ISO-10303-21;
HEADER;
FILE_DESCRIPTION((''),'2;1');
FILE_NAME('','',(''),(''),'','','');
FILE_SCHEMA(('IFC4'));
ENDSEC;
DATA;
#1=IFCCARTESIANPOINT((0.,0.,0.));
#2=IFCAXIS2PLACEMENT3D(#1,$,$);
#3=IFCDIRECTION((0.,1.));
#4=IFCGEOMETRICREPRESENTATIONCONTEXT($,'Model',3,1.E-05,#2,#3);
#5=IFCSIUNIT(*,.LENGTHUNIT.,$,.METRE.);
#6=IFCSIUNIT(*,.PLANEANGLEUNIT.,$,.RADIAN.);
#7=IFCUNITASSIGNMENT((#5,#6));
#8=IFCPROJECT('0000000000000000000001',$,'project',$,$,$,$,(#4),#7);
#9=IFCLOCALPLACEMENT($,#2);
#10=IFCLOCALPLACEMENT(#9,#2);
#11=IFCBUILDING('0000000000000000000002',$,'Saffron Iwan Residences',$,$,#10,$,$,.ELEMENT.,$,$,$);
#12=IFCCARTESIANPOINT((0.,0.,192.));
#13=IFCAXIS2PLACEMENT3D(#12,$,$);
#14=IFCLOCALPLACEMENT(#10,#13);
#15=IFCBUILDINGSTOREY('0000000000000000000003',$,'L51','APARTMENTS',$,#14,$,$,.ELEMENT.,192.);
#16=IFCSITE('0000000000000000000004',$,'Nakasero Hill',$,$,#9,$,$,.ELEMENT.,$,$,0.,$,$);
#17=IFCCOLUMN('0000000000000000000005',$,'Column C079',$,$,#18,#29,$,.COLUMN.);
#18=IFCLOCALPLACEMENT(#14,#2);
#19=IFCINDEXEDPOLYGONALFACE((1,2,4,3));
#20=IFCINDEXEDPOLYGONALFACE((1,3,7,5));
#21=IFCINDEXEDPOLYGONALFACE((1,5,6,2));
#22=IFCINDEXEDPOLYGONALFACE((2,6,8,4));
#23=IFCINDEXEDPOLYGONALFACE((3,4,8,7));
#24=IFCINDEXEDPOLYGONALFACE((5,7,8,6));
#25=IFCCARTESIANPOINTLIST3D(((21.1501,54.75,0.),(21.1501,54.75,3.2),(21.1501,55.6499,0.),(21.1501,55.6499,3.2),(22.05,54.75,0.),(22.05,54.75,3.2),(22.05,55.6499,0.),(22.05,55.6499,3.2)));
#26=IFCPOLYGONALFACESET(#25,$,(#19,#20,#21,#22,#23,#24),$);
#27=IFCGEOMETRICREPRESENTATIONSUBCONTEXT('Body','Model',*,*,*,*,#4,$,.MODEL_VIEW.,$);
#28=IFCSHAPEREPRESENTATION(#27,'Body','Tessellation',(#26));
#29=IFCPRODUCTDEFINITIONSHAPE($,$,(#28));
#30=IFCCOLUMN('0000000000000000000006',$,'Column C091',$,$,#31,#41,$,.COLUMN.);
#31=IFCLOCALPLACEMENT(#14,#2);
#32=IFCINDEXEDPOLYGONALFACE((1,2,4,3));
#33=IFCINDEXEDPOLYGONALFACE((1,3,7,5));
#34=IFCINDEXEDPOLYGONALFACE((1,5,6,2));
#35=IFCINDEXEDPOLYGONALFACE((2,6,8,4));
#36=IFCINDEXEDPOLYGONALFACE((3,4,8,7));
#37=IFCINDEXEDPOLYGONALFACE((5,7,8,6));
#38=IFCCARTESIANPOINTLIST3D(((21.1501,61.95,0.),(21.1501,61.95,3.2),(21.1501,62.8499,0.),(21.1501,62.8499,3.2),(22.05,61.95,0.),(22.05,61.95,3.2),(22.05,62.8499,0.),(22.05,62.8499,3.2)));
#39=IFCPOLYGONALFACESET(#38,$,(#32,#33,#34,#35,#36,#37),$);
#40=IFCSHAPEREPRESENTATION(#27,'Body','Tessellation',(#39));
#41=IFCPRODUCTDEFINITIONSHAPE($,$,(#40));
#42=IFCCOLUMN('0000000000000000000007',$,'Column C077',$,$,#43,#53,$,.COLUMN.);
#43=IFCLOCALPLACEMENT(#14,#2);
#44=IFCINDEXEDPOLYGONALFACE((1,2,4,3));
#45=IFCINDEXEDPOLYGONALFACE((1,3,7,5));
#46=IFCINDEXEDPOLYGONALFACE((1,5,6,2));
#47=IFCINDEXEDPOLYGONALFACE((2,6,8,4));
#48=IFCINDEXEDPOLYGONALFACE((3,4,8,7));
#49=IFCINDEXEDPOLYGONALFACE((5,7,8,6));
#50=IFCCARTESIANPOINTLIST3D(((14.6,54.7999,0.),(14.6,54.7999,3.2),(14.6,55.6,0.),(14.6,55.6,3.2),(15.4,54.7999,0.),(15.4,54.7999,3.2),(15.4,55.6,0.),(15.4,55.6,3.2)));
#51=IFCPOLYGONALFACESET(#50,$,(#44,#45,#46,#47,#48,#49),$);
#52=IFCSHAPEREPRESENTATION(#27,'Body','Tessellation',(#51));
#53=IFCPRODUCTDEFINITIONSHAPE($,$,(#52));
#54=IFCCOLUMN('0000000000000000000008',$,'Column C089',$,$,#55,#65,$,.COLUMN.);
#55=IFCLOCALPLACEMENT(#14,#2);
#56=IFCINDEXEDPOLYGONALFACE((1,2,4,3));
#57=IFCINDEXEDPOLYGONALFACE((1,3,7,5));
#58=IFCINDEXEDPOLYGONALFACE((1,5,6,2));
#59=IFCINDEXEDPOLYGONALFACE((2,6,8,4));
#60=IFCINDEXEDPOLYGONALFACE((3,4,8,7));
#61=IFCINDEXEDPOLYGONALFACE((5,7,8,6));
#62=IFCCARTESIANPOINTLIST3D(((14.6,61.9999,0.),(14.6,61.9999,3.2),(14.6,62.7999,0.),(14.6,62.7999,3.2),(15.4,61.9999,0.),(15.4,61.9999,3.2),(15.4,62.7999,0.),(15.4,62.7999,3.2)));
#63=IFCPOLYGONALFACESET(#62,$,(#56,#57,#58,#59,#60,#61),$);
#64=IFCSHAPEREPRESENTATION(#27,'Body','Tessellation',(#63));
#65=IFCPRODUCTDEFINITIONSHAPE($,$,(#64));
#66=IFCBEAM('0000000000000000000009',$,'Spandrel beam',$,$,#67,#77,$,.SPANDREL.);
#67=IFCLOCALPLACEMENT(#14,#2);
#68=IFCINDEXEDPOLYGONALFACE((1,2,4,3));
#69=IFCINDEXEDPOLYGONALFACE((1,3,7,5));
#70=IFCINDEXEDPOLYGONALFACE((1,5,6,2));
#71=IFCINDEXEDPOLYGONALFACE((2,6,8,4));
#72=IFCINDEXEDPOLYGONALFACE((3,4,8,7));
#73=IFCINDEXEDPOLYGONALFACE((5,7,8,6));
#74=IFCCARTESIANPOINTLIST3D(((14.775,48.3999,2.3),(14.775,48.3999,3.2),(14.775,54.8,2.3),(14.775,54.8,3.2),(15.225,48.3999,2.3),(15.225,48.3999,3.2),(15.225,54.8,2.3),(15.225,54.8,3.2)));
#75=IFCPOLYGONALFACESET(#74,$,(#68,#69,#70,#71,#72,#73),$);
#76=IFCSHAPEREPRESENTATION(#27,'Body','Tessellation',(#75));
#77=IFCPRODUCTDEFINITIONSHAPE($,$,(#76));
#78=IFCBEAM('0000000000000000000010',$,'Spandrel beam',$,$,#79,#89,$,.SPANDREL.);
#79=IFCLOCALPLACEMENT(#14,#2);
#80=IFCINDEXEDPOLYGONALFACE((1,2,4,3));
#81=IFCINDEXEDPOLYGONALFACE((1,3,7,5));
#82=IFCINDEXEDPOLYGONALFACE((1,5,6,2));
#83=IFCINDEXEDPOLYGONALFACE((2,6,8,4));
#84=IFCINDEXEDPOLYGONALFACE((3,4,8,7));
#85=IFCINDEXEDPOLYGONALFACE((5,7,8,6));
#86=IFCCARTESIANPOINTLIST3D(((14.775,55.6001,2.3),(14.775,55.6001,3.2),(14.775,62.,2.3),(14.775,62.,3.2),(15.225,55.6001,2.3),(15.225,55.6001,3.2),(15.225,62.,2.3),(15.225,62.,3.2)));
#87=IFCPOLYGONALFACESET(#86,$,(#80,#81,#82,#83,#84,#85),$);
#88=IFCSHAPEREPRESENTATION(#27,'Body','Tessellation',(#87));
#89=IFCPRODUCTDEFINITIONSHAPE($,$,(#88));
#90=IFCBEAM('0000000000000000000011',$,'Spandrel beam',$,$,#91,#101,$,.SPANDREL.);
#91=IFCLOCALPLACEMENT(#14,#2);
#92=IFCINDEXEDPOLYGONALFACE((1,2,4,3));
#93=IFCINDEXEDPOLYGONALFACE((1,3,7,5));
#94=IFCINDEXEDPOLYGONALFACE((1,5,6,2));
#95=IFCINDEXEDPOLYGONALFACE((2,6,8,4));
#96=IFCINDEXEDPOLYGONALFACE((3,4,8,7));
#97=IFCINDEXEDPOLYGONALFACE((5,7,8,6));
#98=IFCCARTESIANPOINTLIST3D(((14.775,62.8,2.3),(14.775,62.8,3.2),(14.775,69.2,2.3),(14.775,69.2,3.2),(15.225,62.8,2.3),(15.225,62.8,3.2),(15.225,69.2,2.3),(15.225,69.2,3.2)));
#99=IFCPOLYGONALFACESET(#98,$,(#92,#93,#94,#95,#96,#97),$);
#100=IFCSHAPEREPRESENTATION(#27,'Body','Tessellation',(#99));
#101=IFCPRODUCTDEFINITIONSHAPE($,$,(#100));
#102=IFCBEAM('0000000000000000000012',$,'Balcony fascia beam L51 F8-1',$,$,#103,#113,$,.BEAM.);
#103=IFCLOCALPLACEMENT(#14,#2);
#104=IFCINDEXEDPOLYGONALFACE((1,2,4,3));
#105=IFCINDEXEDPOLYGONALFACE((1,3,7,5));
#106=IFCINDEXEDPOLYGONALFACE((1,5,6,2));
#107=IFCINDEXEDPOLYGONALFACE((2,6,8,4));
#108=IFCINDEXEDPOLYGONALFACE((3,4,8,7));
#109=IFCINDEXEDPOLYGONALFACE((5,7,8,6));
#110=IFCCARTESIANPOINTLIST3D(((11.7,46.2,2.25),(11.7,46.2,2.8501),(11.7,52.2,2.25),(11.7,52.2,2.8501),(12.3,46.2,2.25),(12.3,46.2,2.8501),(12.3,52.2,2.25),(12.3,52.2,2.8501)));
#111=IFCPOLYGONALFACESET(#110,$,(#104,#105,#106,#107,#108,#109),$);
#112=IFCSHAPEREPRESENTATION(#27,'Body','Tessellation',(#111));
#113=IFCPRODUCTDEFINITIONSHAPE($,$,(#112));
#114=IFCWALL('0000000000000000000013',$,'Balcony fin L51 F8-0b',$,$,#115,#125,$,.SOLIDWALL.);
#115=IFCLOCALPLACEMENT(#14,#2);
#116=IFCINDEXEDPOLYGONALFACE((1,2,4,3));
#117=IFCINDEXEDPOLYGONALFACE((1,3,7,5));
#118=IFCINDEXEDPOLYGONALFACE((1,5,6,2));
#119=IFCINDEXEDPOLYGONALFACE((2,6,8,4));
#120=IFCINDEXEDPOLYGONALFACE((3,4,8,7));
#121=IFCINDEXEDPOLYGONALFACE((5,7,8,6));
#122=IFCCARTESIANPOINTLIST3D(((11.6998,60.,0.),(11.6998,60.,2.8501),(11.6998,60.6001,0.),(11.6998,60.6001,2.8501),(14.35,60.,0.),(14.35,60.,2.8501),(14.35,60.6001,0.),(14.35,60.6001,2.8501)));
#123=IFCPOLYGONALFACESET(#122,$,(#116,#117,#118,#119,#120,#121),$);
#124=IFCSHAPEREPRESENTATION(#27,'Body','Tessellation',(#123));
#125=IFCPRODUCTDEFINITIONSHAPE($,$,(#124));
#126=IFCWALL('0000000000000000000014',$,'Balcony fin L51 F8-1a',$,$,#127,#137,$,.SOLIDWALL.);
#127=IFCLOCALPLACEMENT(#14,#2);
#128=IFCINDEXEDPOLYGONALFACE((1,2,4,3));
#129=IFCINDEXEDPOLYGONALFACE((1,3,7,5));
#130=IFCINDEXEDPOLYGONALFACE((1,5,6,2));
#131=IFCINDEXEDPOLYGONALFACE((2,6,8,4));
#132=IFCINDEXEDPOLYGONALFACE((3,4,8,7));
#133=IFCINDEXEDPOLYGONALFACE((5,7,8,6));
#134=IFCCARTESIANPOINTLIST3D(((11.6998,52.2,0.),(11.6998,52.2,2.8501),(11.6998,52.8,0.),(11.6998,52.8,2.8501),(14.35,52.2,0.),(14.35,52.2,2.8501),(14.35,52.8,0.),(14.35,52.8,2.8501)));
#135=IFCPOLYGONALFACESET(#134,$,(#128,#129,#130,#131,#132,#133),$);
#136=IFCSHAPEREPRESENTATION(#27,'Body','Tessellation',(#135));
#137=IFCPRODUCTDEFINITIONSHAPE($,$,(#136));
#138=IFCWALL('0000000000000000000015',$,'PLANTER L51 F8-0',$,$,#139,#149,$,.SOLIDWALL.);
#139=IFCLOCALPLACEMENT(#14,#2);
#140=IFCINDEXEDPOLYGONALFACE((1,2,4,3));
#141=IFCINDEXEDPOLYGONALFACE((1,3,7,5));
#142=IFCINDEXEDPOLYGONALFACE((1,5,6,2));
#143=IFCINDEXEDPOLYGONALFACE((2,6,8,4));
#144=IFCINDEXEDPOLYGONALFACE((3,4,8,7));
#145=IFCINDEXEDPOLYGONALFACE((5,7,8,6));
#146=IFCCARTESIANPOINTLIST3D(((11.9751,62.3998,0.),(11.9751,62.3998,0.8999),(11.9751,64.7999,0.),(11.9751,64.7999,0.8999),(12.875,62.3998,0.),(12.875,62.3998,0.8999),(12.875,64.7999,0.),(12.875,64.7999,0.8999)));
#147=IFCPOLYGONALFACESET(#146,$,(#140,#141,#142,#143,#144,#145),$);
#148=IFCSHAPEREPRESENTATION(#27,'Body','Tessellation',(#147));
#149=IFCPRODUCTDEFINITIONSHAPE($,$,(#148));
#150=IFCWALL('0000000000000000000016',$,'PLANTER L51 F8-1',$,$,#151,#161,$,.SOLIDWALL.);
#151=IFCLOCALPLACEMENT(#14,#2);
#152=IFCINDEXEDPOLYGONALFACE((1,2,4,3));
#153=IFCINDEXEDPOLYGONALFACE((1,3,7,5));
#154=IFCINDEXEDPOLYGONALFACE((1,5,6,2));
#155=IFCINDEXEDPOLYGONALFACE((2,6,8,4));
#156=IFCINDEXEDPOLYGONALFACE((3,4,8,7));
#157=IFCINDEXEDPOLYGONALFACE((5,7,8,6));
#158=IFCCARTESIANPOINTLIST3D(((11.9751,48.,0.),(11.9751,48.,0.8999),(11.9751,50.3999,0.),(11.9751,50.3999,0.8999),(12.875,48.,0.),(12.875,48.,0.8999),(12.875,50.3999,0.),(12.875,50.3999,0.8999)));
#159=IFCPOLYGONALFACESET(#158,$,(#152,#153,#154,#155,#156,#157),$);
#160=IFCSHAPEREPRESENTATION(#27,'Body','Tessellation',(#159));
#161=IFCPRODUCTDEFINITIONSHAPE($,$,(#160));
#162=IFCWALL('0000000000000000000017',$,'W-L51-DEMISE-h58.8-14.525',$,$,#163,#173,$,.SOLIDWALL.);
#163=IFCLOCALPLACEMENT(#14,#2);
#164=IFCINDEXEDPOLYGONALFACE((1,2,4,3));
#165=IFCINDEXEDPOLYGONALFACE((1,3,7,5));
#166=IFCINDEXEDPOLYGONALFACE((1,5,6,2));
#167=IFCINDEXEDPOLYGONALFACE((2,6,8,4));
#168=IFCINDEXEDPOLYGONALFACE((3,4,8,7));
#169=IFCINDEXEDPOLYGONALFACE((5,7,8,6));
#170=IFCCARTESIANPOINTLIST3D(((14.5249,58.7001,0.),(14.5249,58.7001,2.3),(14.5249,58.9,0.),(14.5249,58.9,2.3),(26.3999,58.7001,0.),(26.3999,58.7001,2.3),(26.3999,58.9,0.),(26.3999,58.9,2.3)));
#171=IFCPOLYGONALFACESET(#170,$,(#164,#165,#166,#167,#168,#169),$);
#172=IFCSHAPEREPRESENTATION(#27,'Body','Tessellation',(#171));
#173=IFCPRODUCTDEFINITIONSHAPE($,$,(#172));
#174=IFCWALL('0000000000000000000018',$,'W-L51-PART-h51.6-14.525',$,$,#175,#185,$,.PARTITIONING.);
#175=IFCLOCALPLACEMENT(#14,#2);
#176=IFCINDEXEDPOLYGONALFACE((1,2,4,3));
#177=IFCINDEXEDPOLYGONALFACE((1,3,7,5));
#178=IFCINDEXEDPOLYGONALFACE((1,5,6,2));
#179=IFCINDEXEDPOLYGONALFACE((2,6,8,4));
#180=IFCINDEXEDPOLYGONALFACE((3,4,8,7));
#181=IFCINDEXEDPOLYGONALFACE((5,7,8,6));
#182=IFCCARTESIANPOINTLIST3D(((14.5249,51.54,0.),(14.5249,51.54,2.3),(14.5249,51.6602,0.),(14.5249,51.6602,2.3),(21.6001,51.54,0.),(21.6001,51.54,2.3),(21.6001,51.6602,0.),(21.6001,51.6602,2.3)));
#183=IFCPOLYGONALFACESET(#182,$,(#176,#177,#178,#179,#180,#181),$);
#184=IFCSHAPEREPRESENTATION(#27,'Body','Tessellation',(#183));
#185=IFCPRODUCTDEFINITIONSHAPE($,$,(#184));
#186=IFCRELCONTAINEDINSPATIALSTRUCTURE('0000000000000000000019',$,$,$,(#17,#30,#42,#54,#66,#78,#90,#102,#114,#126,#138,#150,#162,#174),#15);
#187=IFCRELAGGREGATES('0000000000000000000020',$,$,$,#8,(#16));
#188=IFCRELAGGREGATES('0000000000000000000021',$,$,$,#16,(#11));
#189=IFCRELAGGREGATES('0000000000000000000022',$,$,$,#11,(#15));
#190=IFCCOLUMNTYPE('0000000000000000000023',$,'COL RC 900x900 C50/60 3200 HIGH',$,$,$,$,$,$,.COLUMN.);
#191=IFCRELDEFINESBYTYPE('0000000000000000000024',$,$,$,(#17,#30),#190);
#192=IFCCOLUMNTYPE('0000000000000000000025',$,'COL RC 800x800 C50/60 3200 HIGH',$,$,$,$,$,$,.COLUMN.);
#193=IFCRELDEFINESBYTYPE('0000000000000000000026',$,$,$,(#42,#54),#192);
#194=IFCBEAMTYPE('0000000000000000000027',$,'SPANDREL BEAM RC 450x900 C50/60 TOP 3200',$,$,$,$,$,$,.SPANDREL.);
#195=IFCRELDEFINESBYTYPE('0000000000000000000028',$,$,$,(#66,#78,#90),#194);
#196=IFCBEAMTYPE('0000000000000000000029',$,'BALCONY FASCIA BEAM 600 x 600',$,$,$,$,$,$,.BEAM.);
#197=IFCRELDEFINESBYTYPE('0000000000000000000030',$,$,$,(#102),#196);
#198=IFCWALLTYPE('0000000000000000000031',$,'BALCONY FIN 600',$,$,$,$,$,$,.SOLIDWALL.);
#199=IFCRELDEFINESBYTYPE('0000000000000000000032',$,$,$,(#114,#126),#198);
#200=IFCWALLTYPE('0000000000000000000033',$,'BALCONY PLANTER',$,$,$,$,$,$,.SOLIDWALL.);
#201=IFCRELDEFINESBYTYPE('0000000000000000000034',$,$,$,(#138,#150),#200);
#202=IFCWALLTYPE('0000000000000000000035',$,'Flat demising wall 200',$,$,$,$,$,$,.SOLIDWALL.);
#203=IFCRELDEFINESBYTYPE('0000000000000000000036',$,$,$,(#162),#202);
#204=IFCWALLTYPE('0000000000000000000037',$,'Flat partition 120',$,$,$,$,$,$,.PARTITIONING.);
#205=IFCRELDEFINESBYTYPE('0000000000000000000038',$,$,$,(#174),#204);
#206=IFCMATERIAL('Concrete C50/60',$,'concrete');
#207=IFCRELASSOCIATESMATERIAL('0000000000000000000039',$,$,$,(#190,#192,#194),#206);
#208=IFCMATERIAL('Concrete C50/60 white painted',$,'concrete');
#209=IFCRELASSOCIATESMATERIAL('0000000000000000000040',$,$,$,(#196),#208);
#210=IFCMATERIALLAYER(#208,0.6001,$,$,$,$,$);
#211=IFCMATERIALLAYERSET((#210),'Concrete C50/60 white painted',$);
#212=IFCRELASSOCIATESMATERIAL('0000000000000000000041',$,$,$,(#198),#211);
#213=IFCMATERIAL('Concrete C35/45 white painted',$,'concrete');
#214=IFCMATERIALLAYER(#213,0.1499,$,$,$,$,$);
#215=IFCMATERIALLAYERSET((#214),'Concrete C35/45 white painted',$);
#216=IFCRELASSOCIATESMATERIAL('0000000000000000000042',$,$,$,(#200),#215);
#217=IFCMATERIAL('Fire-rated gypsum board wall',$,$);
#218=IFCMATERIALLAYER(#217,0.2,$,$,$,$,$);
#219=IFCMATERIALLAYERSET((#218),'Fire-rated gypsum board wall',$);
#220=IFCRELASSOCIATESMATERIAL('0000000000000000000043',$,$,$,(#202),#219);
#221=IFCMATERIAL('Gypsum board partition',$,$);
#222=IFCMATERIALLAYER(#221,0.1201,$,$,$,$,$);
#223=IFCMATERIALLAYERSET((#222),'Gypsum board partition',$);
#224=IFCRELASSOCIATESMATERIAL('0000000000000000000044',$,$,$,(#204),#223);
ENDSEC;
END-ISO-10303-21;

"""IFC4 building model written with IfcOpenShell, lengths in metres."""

from ifc_helpers import new_model, si_unit, direction, frame, frame_2d, origin, origin_2d, place, context, subcontext, project, spatial, rectangle, extrude, source, transform, mapped, material, layer, layer_set, material_profile, profile_set, type_object, element, save


model = new_model("IFC4")

# Units and contexts
model_context = context("Model", 3, precision=1e-05, world=origin(), true_north=direction((0.0, 1.0)))
body_context = subcontext(model_context, "Body", "Model", "MODEL_VIEW")
ifc_project = project(units=[si_unit("LENGTHUNIT", "METRE"), si_unit("PLANEANGLEUNIT", "RADIAN")], contexts=[model_context])

# Site, building, storey
site_placement = place(None, origin())
site = spatial("IfcSite", under=ifc_project, at=site_placement, Name="Nakasero Hill", CompositionType="ELEMENT", RefElevation=0.0)
building_placement = place(site_placement, origin())
building = spatial("IfcBuilding", under=site, at=building_placement, Name="Saffron Iwan Residences", CompositionType="ELEMENT")
storey_placement = place(building_placement, frame((0.0, 0.0, 192.0)))
storey = spatial("IfcBuildingStorey", under=building, at=storey_placement, Name="L51", Description="APARTMENTS", CompositionType="ELEMENT", Elevation=192.0)

# Columns
ifc_material_1 = material(Name="Concrete C50/60", Category="concrete")
ifc_material_profile_1 = material_profile(ifc_material_1, rectangle(XDim=0.8999, YDim=0.8999, at=origin_2d()), Name="RC 900x900")
ifc_profile_set_1 = profile_set([ifc_material_profile_1], Name="Concrete C50/60")
column_type_1 = type_object("IfcColumnType", Name="COL RC 900x900 C50/60 3200 HIGH", PredefinedType="COLUMN", material=ifc_profile_set_1)
shared_shape_1 = source(origin(), body_context, "Body", "SweptSolid", [
    extrude(rectangle(XDim=0.8999, YDim=0.8999, at=origin_2d()), origin(), (0.0, 0.0, 1.0), 3.2),
])
for number, where, z_axis, x_axis, name in (
    (1, (21.6001, 55.2, 0.0), (0.0, 0.0, 1.0), (1.0, 0.0, 0.0), "Column C079"),
    (2, (21.6001, 62.3999, 0.0), (0.0, 0.0, 1.0), (1.0, 0.0, 0.0), "Column C091"),
):
    element("IfcColumn", number, at=place(storey_placement, frame(where, z_axis=z_axis, x_axis=x_axis)), inside=storey, type_object=column_type_1, Name=name, PredefinedType="COLUMN", context=body_context, shape_type="MappedRepresentation", body=[
        mapped(shared_shape_1, transform((0.0, 0.0, 0.0))),
    ])
ifc_material_profile_2 = material_profile(ifc_material_1, rectangle(XDim=0.8, YDim=0.8, at=origin_2d()), Name="RC 800x800")
ifc_profile_set_2 = profile_set([ifc_material_profile_2], Name="Concrete C50/60")
column_type_2 = type_object("IfcColumnType", Name="COL RC 800x800 C50/60 3200 HIGH", PredefinedType="COLUMN", material=ifc_profile_set_2)
shared_shape_2 = source(origin(), body_context, "Body", "SweptSolid", [
    extrude(rectangle(XDim=0.8, YDim=0.8, at=origin_2d()), origin(), (0.0, 0.0, 1.0), 3.2),
])
for number, where, z_axis, x_axis, name in (
    (3, (15.0, 55.2, 0.0), (0.0, 0.0, 1.0), (1.0, 0.0, 0.0), "Column C077"),
    (4, (15.0, 62.3999, 0.0), (0.0, 0.0, 1.0), (1.0, 0.0, 0.0), "Column C089"),
):
    element("IfcColumn", number, at=place(storey_placement, frame(where, z_axis=z_axis, x_axis=x_axis)), inside=storey, type_object=column_type_2, Name=name, PredefinedType="COLUMN", context=body_context, shape_type="MappedRepresentation", body=[
        mapped(shared_shape_2, transform((0.0, 0.0, 0.0))),
    ])

# Beams
ifc_material_profile_3 = material_profile(ifc_material_1, rectangle(XDim=0.45, YDim=0.8999, at=origin_2d()), Name="RC 450x900")
ifc_profile_set_3 = profile_set([ifc_material_profile_3], Name="Concrete C50/60")
beam_type_1 = type_object("IfcBeamType", Name="SPANDREL BEAM RC 450x900 C50/60 TOP 3200", PredefinedType="SPANDREL", material=ifc_profile_set_3)
shared_shape_3 = source(origin(), body_context, "Body", "SweptSolid", [
    extrude(rectangle(XDim=0.45, YDim=0.8999, at=origin_2d()), origin(), (0.0, 0.0, 1.0), 6.4001),
])
beam_1_placement = place(storey_placement, frame((15.0, 48.3999, 2.75), z_axis=(0.0, 1.0, 0.0), x_axis=(-1.0, 0.0, 0.0)))
element("IfcBeam", 5, at=beam_1_placement, inside=storey, type_object=beam_type_1, Name="Spandrel beam", PredefinedType="SPANDREL", context=body_context, shape_type="MappedRepresentation", body=[
    mapped(shared_shape_3, transform((0.0, 0.0, 0.0))),
])
shared_shape_4 = source(origin(), body_context, "Body", "SweptSolid", [
    extrude(rectangle(XDim=0.45, YDim=0.8999, at=origin_2d()), origin(), (0.0, 0.0, 1.0), 6.3999),
])
for number, where, z_axis, x_axis, name in (
    (6, (15.0, 55.6001, 2.75), (0.0, 1.0, 0.0), (-1.0, 0.0, 0.0), "Spandrel beam"),
    (7, (15.0, 62.8, 2.75), (0.0, 1.0, 0.0), (-1.0, 0.0, 0.0), "Spandrel beam"),
):
    element("IfcBeam", number, at=place(storey_placement, frame(where, z_axis=z_axis, x_axis=x_axis)), inside=storey, type_object=beam_type_1, Name=name, PredefinedType="SPANDREL", context=body_context, shape_type="MappedRepresentation", body=[
        mapped(shared_shape_4, transform((0.0, 0.0, 0.0))),
    ])
ifc_material_2 = material(Name="Concrete C50/60 white painted", Category="concrete")
ifc_material_profile_4 = material_profile(ifc_material_2, rectangle(XDim=0.6001, YDim=0.6001, at=origin_2d()), Name="BALCONY FASCIA BEAM 600 x 600")
ifc_profile_set_4 = profile_set([ifc_material_profile_4], Name="Concrete C50/60 white painted")
beam_type_2 = type_object("IfcBeamType", Name="BALCONY FASCIA BEAM 600 x 600", PredefinedType="BEAM", material=ifc_profile_set_4)
shared_shape_5 = source(origin(), body_context, "Body", "SweptSolid", [
    extrude(rectangle(XDim=0.6001, YDim=0.6001, at=origin_2d()), origin(), (0.0, 0.0, 1.0), 6.0),
])
beam_2_placement = place(storey_placement, frame((12.0, 52.2, 2.55), z_axis=(0.0, -1.0, 0.0), x_axis=(1.0, 0.0, 0.0)))
element("IfcBeam", 8, at=beam_2_placement, inside=storey, type_object=beam_type_2, Name="Balcony fascia beam L51 F8-1", PredefinedType="BEAM", context=body_context, shape_type="MappedRepresentation", body=[
    mapped(shared_shape_5, transform((0.0, 0.0, 0.0))),
])

# Walls
ifc_layer_1 = layer(ifc_material_2, 0.6001)
ifc_layer_set_1 = layer_set([ifc_layer_1], Name="Concrete C50/60 white painted")
wall_type_1 = type_object("IfcWallType", Name="BALCONY FIN 600", PredefinedType="SOLIDWALL", material=ifc_layer_set_1)
for number, where, z_axis, x_axis, name in (
    (9, (14.3501, 60.3, 0.0), (0.0, 0.0, 1.0), (-1.0, 0.0, 0.0), "Balcony fin L51 F8-0b"),
    (10, (14.3501, 52.5, 0.0), (0.0, 0.0, 1.0), (-1.0, 0.0, 0.0), "Balcony fin L51 F8-1a"),
):
    element("IfcWall", number, at=place(storey_placement, frame(where, z_axis=z_axis, x_axis=x_axis)), inside=storey, type_object=wall_type_1, Name=name, PredefinedType="SOLIDWALL", context=body_context, shape_type="SweptSolid", body=[
        extrude(rectangle(XDim=2.6501, YDim=0.6001, at=frame_2d((1.3252, 0.0))), origin(), (0.0, 0.0, 1.0), 2.8501),
    ])
ifc_material_3 = material(Name="Concrete C35/45 white painted", Category="concrete")
ifc_layer_2 = layer(ifc_material_3, 0.1499)
ifc_layer_set_2 = layer_set([ifc_layer_2], Name="Concrete C35/45 white painted")
wall_type_2 = type_object("IfcWallType", Name="BALCONY PLANTER", PredefinedType="SOLIDWALL", material=ifc_layer_set_2)
wall_1_placement = place(storey_placement, frame((12.425, 64.8, 0.0), z_axis=(0.0, 0.0, 1.0), x_axis=(0.0, -1.0, 0.0)))
element("IfcWall", 11, at=wall_1_placement, inside=storey, type_object=wall_type_2, Name="PLANTER L51 F8-0", PredefinedType="SOLIDWALL", context=body_context, shape_type="SweptSolid", body=[
    extrude(rectangle(XDim=2.4001, YDim=0.8999, at=frame_2d((1.2002, 0.0))), origin(), (0.0, 0.0, 1.0), 0.8999),
])
wall_2_placement = place(storey_placement, frame((12.425, 50.3999, 0.0), z_axis=(0.0, 0.0, 1.0), x_axis=(0.0, -1.0, 0.0)))
element("IfcWall", 12, at=wall_2_placement, inside=storey, type_object=wall_type_2, Name="PLANTER L51 F8-1", PredefinedType="SOLIDWALL", context=body_context, shape_type="SweptSolid", body=[
    extrude(rectangle(XDim=2.3999, YDim=0.8999, at=frame_2d((1.2, 0.0))), origin(), (0.0, 0.0, 1.0), 0.8999),
])
ifc_material_4 = material(Name="Fire-rated gypsum board wall")
ifc_layer_3 = layer(ifc_material_4, 0.2)
ifc_layer_set_3 = layer_set([ifc_layer_3], Name="Fire-rated gypsum board wall")
wall_type_3 = type_object("IfcWallType", Name="Flat demising wall 200", PredefinedType="SOLIDWALL", material=ifc_layer_set_3)
wall_3_placement = place(storey_placement, frame((14.5249, 58.8, 0.0), z_axis=(0.0, 0.0, 1.0), x_axis=(1.0, 0.0, 0.0)))
element("IfcWall", 13, at=wall_3_placement, inside=storey, type_object=wall_type_3, Name="W-L51-DEMISE-h58.8-14.525", PredefinedType="SOLIDWALL", context=body_context, shape_type="SweptSolid", body=[
    extrude(rectangle(XDim=11.875, YDim=0.2, at=frame_2d((5.9375, 0.0))), origin(), (0.0, 0.0, 1.0), 2.3),
])
ifc_material_5 = material(Name="Gypsum board partition")
ifc_layer_4 = layer(ifc_material_5, 0.1201)
ifc_layer_set_4 = layer_set([ifc_layer_4], Name="Gypsum board partition")
wall_type_4 = type_object("IfcWallType", Name="Flat partition 120", PredefinedType="PARTITIONING", material=ifc_layer_set_4)
wall_4_placement = place(storey_placement, frame((14.5249, 51.6001, 0.0), z_axis=(0.0, 0.0, 1.0), x_axis=(1.0, 0.0, 0.0)))
element("IfcWall", 14, at=wall_4_placement, inside=storey, type_object=wall_type_4, Name="W-L51-PART-h51.6-14.525", PredefinedType="PARTITIONING", context=body_context, shape_type="SweptSolid", body=[
    extrude(rectangle(XDim=7.0752, YDim=0.1201, at=frame_2d((3.5376, 0.0))), origin(), (0.0, 0.0, 1.0), 2.3),
])

save(model, "model.ifc")
